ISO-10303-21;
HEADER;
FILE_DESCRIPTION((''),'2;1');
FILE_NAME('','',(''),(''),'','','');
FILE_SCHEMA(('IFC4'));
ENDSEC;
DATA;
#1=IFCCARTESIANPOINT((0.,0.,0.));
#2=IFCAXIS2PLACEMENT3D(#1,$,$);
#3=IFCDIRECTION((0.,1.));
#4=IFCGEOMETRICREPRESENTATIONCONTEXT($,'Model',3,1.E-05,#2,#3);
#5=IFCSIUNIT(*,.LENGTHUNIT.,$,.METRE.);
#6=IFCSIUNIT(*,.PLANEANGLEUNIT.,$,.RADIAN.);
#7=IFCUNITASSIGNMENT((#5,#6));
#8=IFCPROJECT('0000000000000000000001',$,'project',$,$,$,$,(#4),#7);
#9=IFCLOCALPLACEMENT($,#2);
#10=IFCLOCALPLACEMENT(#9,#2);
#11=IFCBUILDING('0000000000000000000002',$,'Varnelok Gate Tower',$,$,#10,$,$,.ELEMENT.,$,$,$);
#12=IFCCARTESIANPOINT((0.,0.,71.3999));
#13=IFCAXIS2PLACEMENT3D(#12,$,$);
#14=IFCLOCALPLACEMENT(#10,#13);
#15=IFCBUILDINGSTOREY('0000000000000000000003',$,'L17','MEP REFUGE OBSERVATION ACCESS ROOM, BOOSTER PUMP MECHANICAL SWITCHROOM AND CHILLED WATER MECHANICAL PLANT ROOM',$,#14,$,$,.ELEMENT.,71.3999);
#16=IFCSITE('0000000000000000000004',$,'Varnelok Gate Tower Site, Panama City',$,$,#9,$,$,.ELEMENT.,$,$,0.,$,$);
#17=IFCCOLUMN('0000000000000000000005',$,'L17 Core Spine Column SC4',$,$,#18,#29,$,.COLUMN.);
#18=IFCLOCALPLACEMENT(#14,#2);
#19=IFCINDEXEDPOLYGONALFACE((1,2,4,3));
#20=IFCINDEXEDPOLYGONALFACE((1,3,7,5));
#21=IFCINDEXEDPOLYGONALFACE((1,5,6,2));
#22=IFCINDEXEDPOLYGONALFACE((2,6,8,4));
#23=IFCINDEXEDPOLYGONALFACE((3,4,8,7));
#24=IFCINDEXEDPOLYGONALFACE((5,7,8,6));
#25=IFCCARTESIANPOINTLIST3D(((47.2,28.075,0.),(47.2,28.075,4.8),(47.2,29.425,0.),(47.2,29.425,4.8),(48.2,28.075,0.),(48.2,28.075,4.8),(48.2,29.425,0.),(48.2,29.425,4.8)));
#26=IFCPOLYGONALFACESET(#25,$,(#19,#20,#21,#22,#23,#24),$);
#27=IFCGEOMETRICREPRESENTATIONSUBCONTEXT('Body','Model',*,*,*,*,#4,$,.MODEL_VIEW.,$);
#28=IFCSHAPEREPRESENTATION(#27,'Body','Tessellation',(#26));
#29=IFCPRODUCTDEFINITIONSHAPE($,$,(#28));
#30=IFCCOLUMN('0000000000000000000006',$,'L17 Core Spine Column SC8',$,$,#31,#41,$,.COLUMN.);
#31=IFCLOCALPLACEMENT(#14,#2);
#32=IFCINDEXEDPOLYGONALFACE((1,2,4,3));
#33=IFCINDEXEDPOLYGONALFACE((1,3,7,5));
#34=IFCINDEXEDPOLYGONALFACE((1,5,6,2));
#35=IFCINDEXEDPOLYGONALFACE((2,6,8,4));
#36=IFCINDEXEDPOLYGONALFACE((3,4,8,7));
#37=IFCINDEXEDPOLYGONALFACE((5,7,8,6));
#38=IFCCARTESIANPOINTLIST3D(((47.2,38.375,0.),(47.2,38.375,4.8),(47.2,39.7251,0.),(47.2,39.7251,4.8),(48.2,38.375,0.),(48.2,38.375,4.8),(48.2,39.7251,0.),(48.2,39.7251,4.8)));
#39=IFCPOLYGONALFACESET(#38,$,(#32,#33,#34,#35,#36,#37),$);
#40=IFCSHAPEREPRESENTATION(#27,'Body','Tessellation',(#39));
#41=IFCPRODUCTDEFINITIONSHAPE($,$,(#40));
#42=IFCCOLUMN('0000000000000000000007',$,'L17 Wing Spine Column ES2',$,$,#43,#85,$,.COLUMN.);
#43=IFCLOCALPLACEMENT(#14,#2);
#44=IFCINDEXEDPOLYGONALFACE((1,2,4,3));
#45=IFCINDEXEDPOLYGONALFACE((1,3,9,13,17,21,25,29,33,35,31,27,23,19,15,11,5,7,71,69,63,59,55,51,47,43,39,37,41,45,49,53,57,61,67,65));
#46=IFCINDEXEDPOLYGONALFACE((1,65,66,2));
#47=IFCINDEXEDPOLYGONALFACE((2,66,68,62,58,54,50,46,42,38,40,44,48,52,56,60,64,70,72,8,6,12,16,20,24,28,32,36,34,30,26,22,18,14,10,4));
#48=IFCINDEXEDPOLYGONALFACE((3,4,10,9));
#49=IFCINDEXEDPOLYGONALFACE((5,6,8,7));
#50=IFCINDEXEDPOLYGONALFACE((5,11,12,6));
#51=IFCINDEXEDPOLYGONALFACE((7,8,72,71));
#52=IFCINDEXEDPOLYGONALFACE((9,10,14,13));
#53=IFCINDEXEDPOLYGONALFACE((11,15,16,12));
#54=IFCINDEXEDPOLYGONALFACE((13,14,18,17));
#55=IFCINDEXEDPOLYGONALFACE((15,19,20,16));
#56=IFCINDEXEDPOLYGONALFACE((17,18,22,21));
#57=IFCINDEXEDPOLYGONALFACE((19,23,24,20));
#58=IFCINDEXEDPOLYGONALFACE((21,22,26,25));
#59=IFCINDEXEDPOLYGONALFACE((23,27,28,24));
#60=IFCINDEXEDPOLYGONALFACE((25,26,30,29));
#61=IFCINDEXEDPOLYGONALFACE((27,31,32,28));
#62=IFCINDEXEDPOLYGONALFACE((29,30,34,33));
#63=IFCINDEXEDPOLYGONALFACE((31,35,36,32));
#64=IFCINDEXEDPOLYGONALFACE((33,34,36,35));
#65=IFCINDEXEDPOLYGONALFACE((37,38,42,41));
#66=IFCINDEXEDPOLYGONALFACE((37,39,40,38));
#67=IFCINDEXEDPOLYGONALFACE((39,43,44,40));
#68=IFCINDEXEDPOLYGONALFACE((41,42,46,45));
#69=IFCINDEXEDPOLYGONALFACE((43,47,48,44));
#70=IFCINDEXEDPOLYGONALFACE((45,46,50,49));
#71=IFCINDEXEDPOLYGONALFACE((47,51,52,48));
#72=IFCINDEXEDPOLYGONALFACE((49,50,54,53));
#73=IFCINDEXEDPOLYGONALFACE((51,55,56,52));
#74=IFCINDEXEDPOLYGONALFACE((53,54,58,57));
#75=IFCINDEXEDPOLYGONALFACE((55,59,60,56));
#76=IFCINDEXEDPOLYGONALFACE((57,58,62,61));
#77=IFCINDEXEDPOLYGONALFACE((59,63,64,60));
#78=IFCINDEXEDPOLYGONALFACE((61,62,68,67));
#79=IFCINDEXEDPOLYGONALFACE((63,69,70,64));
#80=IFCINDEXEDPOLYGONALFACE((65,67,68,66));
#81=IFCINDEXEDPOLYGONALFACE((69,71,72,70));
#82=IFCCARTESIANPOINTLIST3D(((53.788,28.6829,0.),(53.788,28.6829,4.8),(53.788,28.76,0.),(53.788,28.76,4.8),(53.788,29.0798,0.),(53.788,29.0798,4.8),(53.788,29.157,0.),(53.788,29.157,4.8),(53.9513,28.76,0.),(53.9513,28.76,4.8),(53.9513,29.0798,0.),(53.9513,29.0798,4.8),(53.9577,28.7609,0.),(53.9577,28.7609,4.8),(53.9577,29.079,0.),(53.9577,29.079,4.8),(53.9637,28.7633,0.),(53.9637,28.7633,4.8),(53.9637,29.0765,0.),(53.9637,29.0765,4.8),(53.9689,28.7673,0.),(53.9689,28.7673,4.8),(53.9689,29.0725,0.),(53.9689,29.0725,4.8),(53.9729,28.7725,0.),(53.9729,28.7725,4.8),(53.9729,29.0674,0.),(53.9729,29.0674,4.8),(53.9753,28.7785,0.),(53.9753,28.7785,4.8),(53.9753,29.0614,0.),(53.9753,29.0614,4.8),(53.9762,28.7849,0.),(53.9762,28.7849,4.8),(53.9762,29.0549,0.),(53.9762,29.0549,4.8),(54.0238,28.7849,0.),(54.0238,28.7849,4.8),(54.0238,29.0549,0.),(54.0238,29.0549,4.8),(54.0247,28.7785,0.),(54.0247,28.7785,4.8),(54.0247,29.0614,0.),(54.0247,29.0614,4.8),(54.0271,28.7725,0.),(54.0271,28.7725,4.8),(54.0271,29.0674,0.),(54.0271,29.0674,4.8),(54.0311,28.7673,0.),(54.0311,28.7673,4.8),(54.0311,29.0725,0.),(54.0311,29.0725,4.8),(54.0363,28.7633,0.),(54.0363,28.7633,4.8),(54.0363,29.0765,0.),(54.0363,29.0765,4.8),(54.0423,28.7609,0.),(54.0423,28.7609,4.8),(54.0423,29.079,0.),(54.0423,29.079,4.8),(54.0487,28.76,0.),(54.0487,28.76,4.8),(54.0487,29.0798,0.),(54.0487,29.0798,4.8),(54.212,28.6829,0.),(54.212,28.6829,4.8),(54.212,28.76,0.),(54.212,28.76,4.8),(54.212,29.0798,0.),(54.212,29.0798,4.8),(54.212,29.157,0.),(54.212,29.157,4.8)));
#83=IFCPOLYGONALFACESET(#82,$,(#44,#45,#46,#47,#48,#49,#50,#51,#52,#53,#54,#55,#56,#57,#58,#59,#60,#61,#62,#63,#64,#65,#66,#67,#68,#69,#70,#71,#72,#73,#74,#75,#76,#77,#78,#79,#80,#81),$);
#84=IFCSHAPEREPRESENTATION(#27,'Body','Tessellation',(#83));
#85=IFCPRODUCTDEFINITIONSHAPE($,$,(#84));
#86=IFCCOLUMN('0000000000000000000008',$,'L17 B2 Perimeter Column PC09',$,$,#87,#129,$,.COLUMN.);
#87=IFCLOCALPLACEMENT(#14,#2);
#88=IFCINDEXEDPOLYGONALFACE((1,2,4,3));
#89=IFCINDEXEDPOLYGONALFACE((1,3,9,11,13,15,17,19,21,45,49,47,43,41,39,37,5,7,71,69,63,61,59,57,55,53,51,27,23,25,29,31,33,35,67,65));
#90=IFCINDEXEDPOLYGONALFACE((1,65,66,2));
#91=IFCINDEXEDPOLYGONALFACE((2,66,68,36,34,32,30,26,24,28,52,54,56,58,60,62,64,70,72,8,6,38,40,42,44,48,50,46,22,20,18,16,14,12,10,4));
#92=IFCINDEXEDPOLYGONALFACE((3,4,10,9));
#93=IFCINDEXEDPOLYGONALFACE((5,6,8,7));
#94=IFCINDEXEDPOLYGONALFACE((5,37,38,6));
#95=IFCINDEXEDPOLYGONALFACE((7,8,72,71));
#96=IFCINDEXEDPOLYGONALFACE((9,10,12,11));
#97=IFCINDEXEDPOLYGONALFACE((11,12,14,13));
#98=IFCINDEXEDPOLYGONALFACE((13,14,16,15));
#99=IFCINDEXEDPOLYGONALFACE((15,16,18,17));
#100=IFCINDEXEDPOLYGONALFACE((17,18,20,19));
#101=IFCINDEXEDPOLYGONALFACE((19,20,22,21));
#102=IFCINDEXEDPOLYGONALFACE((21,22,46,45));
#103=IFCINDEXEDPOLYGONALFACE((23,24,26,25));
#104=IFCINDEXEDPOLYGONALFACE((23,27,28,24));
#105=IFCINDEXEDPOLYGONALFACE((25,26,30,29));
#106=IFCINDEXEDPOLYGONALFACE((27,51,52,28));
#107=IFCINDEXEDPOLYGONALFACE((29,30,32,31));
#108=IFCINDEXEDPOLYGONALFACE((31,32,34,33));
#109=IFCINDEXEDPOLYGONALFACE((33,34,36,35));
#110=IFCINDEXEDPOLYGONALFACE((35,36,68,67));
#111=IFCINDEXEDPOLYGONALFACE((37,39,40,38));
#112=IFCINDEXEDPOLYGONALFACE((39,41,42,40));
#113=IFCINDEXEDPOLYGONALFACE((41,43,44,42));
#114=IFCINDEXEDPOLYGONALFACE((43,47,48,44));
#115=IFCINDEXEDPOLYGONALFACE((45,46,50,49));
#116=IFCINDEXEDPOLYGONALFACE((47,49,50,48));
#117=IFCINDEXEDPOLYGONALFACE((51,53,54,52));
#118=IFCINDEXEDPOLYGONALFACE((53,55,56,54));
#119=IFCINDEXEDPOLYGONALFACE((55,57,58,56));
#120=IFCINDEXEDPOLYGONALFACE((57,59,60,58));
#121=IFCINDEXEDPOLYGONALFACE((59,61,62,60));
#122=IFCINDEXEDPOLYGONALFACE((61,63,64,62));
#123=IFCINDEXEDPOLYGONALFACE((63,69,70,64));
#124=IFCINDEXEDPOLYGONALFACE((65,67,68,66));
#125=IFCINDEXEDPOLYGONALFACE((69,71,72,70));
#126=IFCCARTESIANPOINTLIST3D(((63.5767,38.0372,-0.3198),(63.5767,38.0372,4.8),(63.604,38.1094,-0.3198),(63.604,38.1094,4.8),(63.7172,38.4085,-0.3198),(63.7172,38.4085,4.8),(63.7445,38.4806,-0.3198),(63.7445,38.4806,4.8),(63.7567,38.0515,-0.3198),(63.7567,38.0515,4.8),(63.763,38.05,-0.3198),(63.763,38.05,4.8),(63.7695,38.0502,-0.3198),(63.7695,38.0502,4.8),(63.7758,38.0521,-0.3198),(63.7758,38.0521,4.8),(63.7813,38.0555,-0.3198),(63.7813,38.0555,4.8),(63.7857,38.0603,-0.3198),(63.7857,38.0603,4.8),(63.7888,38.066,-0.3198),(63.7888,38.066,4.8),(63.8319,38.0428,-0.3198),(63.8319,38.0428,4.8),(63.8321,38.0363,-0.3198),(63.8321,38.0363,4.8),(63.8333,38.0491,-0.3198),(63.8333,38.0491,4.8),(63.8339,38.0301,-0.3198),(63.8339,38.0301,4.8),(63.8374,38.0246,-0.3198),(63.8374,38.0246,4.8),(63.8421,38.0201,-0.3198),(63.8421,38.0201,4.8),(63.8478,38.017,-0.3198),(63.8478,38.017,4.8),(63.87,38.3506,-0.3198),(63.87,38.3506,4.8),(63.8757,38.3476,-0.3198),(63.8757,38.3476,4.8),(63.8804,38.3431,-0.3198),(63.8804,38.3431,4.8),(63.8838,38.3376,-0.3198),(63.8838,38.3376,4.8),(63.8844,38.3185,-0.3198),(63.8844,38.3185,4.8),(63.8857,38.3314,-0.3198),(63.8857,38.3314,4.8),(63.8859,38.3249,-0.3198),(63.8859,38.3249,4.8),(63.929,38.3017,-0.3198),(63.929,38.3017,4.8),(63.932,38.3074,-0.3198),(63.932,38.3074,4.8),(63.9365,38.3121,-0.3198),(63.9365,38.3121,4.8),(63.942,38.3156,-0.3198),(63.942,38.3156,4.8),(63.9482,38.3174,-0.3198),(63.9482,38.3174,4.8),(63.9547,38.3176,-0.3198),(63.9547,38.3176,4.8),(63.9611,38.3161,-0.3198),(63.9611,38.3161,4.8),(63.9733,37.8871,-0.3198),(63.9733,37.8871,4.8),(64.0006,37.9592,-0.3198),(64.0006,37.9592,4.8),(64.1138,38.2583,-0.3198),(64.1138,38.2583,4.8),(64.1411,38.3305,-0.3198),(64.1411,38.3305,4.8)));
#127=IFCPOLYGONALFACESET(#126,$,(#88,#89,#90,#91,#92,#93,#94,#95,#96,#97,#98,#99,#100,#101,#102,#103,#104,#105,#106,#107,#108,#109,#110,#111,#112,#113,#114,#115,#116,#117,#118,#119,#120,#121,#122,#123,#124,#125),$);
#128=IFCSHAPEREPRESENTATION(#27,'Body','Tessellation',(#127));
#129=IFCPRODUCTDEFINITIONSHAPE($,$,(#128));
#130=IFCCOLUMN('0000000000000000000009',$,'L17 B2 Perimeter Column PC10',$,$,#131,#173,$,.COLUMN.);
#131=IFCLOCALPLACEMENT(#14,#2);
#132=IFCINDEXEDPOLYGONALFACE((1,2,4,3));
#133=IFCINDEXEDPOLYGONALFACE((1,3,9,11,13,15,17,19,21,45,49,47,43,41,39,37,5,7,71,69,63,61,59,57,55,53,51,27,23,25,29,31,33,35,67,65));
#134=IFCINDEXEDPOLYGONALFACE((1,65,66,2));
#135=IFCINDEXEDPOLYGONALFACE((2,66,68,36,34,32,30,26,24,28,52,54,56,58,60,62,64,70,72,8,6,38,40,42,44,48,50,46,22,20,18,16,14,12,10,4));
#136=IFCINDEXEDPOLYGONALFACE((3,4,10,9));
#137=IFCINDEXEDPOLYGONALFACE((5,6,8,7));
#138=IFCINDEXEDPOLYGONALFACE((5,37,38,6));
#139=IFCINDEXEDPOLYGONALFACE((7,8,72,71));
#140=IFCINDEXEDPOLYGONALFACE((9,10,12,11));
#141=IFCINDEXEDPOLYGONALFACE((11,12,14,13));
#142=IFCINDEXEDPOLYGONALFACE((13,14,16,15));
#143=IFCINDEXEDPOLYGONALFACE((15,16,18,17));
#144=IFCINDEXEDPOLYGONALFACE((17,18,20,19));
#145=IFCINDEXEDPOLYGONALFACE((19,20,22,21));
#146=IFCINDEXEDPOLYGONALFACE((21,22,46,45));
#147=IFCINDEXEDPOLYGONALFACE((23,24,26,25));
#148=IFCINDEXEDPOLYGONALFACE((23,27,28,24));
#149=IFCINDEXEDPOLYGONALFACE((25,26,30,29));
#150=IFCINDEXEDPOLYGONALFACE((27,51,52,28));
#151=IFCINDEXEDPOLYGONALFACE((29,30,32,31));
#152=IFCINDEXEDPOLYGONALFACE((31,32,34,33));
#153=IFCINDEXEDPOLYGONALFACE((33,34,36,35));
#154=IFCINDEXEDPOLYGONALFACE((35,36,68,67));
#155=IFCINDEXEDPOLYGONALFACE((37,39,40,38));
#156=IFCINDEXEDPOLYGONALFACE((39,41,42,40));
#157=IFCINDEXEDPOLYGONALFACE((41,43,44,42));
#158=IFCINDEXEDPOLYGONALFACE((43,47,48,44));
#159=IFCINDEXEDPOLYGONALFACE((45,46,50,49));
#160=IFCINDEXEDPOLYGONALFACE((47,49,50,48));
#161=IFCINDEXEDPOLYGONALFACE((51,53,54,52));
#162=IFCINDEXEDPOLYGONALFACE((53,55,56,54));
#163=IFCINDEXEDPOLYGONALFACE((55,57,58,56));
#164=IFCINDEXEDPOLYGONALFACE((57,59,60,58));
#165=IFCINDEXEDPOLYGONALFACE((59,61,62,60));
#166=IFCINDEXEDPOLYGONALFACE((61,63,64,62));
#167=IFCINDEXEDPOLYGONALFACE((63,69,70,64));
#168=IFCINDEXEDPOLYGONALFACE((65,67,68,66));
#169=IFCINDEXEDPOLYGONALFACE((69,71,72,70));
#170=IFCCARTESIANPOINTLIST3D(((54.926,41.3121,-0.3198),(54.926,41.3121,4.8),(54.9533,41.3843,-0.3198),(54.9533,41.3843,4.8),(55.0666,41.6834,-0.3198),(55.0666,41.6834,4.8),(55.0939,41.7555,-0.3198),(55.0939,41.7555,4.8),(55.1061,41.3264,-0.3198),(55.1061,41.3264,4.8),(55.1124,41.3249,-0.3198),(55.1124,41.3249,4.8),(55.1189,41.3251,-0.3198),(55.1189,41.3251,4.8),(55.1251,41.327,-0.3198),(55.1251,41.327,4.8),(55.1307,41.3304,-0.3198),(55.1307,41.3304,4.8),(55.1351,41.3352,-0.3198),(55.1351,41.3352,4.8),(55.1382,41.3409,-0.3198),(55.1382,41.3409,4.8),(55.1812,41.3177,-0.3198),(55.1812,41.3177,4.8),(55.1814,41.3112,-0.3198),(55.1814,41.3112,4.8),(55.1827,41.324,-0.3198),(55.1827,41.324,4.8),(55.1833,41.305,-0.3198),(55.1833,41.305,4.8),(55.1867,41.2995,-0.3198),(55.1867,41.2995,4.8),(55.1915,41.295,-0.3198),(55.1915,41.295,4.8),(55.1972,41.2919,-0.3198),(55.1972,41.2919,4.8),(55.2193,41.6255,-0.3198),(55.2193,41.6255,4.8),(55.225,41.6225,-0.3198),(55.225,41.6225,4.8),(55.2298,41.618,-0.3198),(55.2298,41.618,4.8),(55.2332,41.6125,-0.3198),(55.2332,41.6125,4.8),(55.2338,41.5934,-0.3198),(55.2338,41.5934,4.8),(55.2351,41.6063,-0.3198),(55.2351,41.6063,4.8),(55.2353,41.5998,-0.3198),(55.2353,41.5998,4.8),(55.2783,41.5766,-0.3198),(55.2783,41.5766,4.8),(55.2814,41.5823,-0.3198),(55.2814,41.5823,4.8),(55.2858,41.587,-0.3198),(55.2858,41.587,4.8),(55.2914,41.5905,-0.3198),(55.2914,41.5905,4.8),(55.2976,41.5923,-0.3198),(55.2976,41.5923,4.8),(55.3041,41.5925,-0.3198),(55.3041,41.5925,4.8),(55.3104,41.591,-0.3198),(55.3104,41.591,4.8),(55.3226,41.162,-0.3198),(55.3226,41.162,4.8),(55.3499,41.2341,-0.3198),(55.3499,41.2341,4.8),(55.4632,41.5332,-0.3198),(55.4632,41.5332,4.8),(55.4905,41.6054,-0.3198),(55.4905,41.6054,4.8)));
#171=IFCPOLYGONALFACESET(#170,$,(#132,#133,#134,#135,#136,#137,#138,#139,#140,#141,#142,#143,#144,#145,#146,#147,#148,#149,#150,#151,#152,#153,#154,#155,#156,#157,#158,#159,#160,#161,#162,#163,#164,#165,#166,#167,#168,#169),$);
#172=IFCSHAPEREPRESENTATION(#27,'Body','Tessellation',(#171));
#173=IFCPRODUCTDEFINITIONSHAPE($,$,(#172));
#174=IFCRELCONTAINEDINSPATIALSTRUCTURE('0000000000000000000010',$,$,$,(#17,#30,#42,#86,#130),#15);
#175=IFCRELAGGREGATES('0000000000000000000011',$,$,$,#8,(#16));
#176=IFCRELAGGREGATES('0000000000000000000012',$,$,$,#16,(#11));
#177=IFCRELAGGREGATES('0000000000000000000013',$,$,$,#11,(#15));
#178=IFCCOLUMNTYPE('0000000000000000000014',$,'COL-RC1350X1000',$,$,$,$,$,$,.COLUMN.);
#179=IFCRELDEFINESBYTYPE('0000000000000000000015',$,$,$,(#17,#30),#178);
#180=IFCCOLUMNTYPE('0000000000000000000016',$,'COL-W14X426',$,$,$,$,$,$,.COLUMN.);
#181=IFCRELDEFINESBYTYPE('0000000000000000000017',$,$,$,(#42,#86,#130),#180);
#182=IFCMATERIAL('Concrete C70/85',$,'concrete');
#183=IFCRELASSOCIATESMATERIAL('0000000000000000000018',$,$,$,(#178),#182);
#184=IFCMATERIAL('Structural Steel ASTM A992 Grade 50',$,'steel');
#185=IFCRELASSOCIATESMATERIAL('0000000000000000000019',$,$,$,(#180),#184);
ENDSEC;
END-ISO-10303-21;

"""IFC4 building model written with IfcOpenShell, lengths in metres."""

from ifc_helpers import new_model, si_unit, direction, frame, origin, origin_2d, place, context, subcontext, project, spatial, rectangle, i_section, extrude, material, material_profile, profile_set, type_object, element, save


model = new_model("IFC4")

# Units and contexts
model_context = context("Model", 3, precision=1e-05, world=origin(), true_north=direction((0.0, 1.0)))
body_context = subcontext(model_context, "Body", "Model", "MODEL_VIEW")
ifc_project = project(units=[si_unit("LENGTHUNIT", "METRE"), si_unit("PLANEANGLEUNIT", "RADIAN")], contexts=[model_context])

# Site, building, storey
site_placement = place(None, origin())
site = spatial("IfcSite", under=ifc_project, at=site_placement, Name="Varnelok Gate Tower Site, Panama City", CompositionType="ELEMENT", RefElevation=0.0)
building_placement = place(site_placement, origin())
building = spatial("IfcBuilding", under=site, at=building_placement, Name="Varnelok Gate Tower", CompositionType="ELEMENT")
storey_placement = place(building_placement, frame((0.0, 0.0, 71.3999)))
storey = spatial("IfcBuildingStorey", under=building, at=storey_placement, Name="L17", Description="MEP REFUGE OBSERVATION ACCESS ROOM, BOOSTER PUMP MECHANICAL SWITCHROOM AND CHILLED WATER MECHANICAL PLANT ROOM", CompositionType="ELEMENT", Elevation=71.3999)

# Columns
ifc_material_1 = material(Name="Concrete C70/85", Category="concrete")
ifc_material_profile_1 = material_profile(ifc_material_1, rectangle(XDim=1.0, YDim=1.3501, at=origin_2d()), Name="RC1350X1000")
ifc_profile_set_1 = profile_set([ifc_material_profile_1], Name="Concrete C70/85")
column_type_1 = type_object("IfcColumnType", Name="COL-RC1350X1000", PredefinedType="COLUMN", material=ifc_profile_set_1)
for number, where, z_axis, x_axis, name in (
    (1, (47.7, 28.75, 0.0), (0.0, 0.0, 1.0), (1.0, 0.0, 0.0), "L17 Core Spine Column SC4"),
    (2, (47.7, 39.05, 0.0), (0.0, 0.0, 1.0), (1.0, 0.0, 0.0), "L17 Core Spine Column SC8"),
):
    element("IfcColumn", number, at=place(storey_placement, frame(where, z_axis=z_axis, x_axis=x_axis)), inside=storey, type_object=column_type_1, Name=name, PredefinedType="COLUMN", context=body_context, shape_type="SweptSolid", body=[
        extrude(rectangle(XDim=1.0, YDim=1.3501, at=origin_2d()), origin(), (0.0, 0.0, 1.0), 4.8),
    ])
ifc_material_2 = material(Name="Structural Steel ASTM A992 Grade 50", Category="steel")
ifc_material_profile_2 = material_profile(ifc_material_2, i_section(OverallWidth=0.4241, OverallDepth=0.4741, WebThickness=0.0476, FlangeThickness=0.0771, FilletRadius=0.0249, at=origin_2d()), Name="W14X426")
ifc_profile_set_2 = profile_set([ifc_material_profile_2], Name="Structural Steel ASTM A992 Grade 50")
column_type_2 = type_object("IfcColumnType", Name="COL-W14X426", PredefinedType="COLUMN", material=ifc_profile_set_2)
column_placement = place(storey_placement, frame((54.0, 28.9199, 0.0), z_axis=(0.0, 0.0, 1.0), x_axis=(1.0, 0.0, 0.0)))
element("IfcColumn", 3, at=column_placement, inside=storey, type_object=column_type_2, Name="L17 Wing Spine Column ES2", PredefinedType="COLUMN", context=body_context, shape_type="SweptSolid", body=[
    extrude(i_section(OverallWidth=0.4241, OverallDepth=0.4741, WebThickness=0.0476, FlangeThickness=0.0771, FilletRadius=0.0249, at=origin_2d()), origin(), (0.0, 0.0, 1.0), 4.8),
])
for number, where, z_axis, x_axis, name in (
    (4, (63.8589, 38.1838, -0.3198), (0.0, 0.0, 1.0), (0.935222, -0.354063, 0.0), "L17 B2 Perimeter Column PC09"),
    (5, (55.2083, 41.4587, -0.3198), (0.0, 0.0, 1.0), (0.935222, -0.354063, 0.0), "L17 B2 Perimeter Column PC10"),
):
    element("IfcColumn", number, at=place(storey_placement, frame(where, z_axis=z_axis, x_axis=x_axis)), inside=storey, type_object=column_type_2, Name=name, PredefinedType="COLUMN", context=body_context, shape_type="SweptSolid", body=[
        extrude(i_section(OverallWidth=0.4241, OverallDepth=0.4741, WebThickness=0.0476, FlangeThickness=0.0771, FilletRadius=0.0249, at=origin_2d()), origin(), (0.0, 0.0, 1.0), 5.1199),
    ])

save(model, "model.ifc")
